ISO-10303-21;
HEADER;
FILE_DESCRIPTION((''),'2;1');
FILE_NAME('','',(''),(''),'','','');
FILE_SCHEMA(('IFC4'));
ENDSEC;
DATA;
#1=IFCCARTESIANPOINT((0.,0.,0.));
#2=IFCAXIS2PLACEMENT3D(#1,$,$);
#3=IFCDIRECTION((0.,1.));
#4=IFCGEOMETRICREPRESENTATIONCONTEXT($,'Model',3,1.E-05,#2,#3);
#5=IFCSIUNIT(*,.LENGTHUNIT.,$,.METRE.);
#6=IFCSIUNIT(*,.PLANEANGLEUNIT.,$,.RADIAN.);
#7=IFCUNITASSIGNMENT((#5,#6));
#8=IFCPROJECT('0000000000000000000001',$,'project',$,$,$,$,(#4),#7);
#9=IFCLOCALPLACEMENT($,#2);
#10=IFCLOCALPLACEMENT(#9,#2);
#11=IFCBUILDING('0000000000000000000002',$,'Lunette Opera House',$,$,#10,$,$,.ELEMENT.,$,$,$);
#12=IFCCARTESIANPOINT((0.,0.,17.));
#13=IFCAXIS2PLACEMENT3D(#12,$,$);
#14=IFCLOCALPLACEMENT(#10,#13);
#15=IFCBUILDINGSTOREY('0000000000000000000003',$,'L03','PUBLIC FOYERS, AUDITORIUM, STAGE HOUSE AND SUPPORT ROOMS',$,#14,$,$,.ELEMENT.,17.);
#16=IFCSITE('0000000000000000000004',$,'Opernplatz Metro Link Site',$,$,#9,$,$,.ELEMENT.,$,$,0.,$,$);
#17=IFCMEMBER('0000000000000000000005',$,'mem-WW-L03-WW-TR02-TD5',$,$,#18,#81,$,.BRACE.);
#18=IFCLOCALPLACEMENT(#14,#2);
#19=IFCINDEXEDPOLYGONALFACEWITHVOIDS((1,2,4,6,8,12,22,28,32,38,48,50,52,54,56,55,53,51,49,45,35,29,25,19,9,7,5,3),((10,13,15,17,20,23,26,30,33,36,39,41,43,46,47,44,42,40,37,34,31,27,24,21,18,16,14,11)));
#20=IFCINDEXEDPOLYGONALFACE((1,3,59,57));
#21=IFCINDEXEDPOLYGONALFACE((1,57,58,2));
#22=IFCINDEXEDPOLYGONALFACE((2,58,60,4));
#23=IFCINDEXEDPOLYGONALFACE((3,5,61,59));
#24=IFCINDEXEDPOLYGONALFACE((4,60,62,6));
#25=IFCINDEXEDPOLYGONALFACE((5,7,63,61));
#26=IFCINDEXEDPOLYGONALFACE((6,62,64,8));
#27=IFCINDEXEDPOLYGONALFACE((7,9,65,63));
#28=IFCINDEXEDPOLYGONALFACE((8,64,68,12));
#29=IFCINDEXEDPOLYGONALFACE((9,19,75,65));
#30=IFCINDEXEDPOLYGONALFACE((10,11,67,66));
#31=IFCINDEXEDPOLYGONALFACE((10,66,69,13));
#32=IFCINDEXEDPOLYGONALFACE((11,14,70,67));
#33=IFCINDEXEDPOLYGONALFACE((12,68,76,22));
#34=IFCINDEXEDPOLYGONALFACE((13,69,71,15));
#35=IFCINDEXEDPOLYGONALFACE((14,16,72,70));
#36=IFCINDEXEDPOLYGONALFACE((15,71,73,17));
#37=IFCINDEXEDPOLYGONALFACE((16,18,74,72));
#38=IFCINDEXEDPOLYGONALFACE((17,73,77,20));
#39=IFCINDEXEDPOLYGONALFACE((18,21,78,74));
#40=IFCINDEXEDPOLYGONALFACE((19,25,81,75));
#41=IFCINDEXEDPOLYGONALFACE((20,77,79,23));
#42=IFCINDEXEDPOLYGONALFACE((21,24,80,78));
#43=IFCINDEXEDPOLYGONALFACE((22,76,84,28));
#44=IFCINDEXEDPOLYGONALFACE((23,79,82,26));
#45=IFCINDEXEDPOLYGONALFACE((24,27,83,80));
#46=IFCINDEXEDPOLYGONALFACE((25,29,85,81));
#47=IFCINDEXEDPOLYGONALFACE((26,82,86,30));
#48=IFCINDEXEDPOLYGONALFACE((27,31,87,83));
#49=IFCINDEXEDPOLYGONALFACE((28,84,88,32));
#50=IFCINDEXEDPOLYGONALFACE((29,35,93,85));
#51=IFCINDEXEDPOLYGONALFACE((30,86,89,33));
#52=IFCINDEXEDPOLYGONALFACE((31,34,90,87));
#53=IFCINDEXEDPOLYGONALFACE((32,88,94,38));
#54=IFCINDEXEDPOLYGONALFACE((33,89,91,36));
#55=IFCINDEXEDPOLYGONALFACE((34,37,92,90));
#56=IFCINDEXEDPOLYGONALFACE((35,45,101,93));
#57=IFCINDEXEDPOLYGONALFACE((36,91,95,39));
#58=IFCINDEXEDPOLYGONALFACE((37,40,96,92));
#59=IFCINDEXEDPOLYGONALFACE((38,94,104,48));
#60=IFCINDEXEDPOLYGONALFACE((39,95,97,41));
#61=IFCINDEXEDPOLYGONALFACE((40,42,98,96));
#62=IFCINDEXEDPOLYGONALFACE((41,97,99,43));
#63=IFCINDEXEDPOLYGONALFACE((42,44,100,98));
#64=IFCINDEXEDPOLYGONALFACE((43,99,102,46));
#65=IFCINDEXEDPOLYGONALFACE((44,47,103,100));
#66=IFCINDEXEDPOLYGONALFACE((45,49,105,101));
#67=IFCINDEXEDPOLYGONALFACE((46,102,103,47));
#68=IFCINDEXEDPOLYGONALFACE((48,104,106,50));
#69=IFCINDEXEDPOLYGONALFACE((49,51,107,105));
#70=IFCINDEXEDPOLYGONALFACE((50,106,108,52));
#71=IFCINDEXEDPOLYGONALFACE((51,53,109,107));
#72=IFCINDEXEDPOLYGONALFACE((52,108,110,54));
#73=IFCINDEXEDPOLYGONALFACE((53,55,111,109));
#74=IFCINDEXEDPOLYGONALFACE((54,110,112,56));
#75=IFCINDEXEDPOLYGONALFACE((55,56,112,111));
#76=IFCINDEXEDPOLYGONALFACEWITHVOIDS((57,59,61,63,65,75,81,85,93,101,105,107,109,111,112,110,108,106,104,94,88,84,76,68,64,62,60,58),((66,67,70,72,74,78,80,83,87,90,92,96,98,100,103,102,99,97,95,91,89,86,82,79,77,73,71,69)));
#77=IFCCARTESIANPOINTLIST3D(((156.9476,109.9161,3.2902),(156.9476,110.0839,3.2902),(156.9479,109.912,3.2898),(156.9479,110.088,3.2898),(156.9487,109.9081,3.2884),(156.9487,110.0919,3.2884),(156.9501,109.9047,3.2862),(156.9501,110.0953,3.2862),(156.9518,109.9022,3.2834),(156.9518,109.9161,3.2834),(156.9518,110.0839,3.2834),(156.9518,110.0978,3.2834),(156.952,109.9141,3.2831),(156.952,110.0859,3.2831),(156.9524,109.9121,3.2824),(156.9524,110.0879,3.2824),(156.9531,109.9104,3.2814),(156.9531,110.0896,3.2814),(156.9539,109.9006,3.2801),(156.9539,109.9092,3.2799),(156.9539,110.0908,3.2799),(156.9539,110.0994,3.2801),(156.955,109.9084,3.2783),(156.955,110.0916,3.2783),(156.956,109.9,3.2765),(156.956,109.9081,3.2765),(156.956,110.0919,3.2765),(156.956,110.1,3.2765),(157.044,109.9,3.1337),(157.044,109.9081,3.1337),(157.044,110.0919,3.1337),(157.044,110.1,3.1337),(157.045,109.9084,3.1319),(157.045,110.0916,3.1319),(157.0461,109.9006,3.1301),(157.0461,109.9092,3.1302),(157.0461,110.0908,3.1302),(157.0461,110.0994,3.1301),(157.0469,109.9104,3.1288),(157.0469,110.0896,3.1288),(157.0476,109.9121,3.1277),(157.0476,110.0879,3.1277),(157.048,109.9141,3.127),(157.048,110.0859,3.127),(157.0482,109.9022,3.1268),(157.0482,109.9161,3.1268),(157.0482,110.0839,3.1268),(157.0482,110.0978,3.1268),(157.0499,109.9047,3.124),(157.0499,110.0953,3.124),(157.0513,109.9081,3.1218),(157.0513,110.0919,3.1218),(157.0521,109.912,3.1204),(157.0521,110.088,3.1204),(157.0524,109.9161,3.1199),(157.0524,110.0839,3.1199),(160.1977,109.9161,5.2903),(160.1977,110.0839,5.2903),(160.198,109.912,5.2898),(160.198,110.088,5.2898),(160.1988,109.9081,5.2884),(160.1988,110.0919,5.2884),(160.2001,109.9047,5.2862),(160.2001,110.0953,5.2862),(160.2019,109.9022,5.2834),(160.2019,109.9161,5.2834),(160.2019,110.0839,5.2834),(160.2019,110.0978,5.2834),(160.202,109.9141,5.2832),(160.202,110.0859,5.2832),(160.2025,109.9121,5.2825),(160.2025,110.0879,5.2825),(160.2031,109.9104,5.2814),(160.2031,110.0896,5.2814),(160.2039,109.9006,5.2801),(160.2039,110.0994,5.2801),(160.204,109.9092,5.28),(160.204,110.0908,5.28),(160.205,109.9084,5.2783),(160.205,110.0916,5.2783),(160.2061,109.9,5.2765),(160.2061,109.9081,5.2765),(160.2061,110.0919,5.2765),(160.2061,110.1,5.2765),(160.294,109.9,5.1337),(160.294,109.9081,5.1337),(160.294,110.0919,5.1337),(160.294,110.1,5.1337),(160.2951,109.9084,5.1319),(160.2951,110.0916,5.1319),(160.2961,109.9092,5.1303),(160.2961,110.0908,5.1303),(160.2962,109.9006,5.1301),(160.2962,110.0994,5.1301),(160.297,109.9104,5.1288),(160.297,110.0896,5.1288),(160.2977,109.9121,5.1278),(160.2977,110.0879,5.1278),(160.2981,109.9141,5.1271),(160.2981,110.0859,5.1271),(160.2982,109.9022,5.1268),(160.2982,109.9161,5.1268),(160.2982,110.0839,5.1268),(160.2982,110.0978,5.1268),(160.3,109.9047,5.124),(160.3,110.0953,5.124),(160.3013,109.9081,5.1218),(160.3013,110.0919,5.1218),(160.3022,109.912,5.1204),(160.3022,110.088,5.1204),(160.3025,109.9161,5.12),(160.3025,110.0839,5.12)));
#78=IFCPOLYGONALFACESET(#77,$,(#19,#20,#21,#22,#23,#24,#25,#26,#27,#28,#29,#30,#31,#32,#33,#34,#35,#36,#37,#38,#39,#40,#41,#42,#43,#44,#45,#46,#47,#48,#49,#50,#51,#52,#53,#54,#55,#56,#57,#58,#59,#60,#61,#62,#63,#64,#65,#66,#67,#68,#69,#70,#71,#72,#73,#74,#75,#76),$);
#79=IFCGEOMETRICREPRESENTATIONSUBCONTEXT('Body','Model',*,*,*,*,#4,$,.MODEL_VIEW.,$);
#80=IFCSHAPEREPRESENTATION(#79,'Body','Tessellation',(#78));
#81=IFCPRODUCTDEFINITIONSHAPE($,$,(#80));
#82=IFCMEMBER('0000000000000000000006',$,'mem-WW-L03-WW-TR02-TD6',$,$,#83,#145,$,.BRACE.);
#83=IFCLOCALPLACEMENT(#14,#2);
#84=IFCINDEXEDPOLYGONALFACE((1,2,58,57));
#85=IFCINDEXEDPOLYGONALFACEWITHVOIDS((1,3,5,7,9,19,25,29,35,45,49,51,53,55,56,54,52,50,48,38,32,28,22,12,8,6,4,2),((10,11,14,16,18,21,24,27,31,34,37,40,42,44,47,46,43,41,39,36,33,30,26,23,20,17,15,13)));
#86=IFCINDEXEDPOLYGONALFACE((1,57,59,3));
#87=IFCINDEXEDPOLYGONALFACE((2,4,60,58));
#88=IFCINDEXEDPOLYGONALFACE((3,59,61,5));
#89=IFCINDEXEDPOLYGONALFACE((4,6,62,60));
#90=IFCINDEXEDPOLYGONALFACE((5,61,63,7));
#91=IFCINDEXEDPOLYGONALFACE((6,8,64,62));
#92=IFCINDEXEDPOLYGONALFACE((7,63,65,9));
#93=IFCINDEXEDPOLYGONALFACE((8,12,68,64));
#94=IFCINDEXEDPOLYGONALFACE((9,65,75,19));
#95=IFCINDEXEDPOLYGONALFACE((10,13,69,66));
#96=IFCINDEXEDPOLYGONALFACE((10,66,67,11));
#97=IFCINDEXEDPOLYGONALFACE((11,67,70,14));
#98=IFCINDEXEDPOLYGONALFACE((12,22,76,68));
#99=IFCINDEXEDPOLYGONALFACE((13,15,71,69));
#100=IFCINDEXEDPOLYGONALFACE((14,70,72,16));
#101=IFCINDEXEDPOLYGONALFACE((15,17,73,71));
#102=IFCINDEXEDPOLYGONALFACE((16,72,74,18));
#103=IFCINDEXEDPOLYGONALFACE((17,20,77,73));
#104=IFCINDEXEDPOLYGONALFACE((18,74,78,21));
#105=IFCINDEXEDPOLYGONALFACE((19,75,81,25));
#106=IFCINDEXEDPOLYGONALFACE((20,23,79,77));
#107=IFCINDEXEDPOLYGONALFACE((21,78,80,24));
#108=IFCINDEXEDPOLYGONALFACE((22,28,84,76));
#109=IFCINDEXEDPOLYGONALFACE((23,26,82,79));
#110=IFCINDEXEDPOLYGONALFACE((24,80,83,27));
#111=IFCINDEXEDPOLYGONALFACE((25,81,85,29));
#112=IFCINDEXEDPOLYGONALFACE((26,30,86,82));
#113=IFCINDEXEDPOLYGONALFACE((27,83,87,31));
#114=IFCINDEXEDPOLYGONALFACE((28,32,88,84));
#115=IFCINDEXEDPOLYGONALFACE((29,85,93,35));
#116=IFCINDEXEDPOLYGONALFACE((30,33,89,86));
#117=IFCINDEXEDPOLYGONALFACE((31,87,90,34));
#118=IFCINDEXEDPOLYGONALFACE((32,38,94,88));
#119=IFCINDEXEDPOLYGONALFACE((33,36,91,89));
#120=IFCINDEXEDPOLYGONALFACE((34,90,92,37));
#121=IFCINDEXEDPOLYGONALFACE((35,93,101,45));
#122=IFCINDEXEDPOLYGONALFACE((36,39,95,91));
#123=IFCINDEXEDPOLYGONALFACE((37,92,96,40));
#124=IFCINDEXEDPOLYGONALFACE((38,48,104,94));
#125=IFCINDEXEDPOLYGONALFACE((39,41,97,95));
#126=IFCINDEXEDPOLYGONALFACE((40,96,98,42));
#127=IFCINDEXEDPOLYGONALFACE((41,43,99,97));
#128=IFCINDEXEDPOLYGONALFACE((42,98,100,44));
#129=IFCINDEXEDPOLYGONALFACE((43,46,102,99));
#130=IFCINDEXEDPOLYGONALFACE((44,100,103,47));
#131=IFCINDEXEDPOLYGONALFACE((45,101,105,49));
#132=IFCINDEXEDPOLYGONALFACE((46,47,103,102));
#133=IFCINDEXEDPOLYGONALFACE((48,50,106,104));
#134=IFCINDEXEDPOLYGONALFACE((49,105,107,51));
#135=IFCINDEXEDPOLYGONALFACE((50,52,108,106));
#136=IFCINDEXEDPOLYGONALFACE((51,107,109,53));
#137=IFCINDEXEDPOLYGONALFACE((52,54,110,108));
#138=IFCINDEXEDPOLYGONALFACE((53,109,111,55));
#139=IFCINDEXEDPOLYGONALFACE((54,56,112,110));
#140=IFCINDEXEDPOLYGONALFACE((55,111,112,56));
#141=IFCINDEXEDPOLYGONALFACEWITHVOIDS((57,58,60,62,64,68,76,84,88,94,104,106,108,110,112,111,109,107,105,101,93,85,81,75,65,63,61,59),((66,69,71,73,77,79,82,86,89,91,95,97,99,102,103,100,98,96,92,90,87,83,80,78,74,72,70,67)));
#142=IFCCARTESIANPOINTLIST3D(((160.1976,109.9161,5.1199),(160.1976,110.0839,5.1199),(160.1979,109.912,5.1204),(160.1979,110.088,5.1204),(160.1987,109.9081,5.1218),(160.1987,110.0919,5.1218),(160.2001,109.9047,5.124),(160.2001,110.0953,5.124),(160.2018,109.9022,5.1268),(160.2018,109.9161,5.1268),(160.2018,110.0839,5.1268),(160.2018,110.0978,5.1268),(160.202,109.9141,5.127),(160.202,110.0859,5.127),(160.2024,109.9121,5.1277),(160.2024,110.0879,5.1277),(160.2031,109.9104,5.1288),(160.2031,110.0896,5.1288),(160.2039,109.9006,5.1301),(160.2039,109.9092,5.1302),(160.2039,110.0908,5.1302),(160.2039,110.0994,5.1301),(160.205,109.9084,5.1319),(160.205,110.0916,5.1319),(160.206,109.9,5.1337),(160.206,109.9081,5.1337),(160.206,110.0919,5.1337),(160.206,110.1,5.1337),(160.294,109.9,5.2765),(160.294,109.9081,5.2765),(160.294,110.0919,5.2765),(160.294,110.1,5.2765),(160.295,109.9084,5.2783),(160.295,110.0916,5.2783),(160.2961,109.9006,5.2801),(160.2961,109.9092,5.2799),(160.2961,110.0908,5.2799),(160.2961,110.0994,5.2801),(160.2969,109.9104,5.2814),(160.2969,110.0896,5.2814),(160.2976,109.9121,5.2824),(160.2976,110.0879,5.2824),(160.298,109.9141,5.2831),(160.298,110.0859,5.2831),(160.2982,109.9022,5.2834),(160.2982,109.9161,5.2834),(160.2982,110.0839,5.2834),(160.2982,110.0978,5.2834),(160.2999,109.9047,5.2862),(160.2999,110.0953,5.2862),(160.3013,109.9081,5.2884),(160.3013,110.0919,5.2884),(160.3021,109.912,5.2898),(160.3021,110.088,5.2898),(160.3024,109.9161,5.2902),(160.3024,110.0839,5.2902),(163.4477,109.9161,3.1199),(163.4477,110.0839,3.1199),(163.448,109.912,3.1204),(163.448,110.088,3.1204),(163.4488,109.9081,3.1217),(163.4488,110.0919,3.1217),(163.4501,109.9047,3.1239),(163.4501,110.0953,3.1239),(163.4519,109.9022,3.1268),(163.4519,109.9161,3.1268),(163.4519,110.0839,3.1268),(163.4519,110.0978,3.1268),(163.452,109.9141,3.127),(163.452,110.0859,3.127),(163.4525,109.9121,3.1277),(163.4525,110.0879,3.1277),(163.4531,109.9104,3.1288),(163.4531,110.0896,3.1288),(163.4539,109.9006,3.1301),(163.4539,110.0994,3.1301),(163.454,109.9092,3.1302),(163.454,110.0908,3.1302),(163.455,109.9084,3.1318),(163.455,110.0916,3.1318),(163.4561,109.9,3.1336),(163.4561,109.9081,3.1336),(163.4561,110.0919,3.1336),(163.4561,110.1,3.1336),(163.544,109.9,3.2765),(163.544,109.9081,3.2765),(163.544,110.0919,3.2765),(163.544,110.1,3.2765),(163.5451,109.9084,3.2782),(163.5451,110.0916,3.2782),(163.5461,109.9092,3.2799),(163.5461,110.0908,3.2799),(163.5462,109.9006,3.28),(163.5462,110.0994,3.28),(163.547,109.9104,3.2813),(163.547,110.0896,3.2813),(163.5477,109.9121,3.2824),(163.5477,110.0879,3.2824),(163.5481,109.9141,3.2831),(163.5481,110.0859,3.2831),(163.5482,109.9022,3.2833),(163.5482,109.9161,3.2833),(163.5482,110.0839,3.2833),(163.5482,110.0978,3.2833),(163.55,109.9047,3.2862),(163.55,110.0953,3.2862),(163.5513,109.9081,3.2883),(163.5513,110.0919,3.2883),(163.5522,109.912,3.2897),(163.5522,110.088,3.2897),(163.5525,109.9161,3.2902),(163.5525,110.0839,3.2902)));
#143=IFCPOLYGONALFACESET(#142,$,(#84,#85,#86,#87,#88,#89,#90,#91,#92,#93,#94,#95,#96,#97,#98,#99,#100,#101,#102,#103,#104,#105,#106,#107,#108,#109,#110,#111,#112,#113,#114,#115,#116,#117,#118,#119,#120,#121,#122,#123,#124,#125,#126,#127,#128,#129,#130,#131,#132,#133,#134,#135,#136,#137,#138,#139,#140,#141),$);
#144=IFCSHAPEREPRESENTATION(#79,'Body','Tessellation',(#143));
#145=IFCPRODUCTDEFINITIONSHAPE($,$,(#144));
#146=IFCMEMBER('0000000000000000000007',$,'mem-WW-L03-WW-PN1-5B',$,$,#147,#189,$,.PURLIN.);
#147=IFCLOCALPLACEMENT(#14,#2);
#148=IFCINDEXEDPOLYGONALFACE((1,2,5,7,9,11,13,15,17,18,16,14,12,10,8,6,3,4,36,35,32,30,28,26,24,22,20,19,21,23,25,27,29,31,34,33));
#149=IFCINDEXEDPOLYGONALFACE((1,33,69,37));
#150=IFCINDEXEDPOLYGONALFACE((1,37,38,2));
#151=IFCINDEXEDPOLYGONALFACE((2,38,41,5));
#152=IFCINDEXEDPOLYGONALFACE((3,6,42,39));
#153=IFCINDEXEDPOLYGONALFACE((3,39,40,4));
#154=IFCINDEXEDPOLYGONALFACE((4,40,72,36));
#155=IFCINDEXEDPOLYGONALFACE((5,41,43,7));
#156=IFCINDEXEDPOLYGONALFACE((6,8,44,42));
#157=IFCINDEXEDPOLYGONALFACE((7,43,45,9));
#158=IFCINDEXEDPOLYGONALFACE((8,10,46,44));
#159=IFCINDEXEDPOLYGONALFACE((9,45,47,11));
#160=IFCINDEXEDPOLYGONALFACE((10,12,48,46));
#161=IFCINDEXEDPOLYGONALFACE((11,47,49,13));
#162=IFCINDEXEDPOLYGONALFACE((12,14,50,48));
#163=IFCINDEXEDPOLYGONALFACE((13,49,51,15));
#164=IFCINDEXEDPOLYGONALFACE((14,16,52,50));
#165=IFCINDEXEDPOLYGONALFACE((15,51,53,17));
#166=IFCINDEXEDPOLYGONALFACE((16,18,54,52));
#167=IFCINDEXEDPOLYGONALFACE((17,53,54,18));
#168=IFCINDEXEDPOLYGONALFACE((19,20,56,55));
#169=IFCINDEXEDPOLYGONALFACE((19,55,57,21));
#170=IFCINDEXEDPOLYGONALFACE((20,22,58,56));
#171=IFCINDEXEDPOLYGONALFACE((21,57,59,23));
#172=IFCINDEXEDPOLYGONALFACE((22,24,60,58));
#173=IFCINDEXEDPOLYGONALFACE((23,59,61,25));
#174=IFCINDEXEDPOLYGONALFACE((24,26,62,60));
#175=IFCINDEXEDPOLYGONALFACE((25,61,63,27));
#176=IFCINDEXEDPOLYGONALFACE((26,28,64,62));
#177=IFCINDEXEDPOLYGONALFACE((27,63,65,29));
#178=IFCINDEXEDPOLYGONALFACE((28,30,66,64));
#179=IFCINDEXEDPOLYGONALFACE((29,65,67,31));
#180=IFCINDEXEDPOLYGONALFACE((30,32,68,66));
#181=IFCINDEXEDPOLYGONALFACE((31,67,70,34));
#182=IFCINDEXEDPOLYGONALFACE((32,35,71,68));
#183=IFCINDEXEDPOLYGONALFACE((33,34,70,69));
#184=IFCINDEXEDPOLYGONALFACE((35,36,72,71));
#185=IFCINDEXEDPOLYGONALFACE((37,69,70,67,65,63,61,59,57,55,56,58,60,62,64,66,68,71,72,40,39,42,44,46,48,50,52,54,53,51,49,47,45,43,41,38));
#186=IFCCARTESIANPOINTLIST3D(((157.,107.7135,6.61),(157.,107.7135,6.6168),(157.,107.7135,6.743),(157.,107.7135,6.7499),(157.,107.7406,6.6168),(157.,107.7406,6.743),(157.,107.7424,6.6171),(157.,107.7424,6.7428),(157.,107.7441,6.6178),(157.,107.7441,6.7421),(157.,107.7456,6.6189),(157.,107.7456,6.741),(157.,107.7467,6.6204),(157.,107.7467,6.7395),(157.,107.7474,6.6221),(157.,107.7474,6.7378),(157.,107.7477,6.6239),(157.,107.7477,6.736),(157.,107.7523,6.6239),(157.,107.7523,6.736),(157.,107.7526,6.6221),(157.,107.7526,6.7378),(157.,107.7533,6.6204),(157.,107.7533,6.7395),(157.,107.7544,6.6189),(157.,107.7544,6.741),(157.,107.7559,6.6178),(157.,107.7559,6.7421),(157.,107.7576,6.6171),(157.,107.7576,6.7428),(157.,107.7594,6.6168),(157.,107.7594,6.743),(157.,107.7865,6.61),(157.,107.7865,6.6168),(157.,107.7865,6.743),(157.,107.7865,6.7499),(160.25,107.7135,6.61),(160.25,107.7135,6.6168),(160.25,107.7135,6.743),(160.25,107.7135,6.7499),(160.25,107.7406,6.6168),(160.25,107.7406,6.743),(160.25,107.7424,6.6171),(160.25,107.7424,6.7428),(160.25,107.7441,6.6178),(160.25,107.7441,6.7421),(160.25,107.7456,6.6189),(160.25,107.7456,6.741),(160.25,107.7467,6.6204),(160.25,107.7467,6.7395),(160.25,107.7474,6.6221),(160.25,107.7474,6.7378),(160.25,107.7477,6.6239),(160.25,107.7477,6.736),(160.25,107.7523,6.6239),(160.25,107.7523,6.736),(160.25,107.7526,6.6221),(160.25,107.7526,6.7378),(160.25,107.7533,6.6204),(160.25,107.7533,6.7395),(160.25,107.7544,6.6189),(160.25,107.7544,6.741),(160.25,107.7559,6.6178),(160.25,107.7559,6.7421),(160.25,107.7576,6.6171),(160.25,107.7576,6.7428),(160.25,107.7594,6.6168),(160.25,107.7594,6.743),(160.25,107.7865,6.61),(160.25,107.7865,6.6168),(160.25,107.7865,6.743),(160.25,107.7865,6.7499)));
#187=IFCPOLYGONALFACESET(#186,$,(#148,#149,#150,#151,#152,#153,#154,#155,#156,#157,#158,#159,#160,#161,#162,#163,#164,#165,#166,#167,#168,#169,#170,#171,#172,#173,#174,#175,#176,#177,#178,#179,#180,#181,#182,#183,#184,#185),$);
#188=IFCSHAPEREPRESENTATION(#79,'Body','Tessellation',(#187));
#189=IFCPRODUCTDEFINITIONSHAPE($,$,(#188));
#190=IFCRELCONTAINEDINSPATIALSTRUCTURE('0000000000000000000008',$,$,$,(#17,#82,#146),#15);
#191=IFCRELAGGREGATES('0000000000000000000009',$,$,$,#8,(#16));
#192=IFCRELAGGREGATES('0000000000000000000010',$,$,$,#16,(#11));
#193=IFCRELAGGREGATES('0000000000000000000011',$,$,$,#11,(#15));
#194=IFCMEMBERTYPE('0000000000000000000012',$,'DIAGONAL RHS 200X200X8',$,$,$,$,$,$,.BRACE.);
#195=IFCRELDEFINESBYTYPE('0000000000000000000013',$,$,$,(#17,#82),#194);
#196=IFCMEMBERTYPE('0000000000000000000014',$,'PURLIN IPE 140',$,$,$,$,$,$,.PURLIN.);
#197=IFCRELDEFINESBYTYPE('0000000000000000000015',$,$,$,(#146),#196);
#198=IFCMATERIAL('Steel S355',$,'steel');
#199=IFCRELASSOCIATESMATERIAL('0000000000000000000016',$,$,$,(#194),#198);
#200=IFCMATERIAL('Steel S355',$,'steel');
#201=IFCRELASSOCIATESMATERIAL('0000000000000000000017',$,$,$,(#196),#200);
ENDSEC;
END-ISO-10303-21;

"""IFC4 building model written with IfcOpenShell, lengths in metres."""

from ifc_helpers import new_model, si_unit, direction, frame, origin, origin_2d, place, context, subcontext, project, spatial, hollow_rectangle, i_section, extrude, material, material_profile, profile_set, type_object, element, save


model = new_model("IFC4")

# Units and contexts
model_context = context("Model", 3, precision=1e-05, world=origin(), true_north=direction((0.0, 1.0)))
body_context = subcontext(model_context, "Body", "Model", "MODEL_VIEW")
ifc_project = project(units=[si_unit("LENGTHUNIT", "METRE"), si_unit("PLANEANGLEUNIT", "RADIAN")], contexts=[model_context])

# Site, building, storey
site_placement = place(None, origin())
site = spatial("IfcSite", under=ifc_project, at=site_placement, Name="Opernplatz Metro Link Site", CompositionType="ELEMENT", RefElevation=0.0)
building_placement = place(site_placement, origin())
building = spatial("IfcBuilding", under=site, at=building_placement, Name="Lunette Opera House", CompositionType="ELEMENT")
storey_placement = place(building_placement, frame((0.0, 0.0, 17.0)))
storey = spatial("IfcBuildingStorey", under=building, at=storey_placement, Name="L03", Description="PUBLIC FOYERS, AUDITORIUM, STAGE HOUSE AND SUPPORT ROOMS", CompositionType="ELEMENT", Elevation=17.0)

# Members
ifc_material_1 = material(Name="Steel S355", Category="steel")
ifc_material_profile_1 = material_profile(ifc_material_1, hollow_rectangle(XDim=0.2, YDim=0.2, WallThickness=0.0081, InnerFilletRadius=0.0081, OuterFilletRadius=0.0161, at=origin_2d()), Name="RHS 200X200X8")
ifc_profile_set_1 = profile_set([ifc_material_profile_1], Name="Steel S355")
member_type_1 = type_object("IfcMemberType", Name="DIAGONAL RHS 200X200X8", PredefinedType="BRACE", material=ifc_profile_set_1)
for number, where, z_axis, x_axis, name in (
    (1, (157.0, 110.0, 3.2051), (0.851658, 0.0, 0.524097), (0.0, 1.0, 0.0), "mem-WW-L03-WW-TR02-TD5"),
    (2, (160.25, 110.0, 5.2051), (0.851658, 0.0, -0.524097), (0.0, 1.0, 0.0), "mem-WW-L03-WW-TR02-TD6"),
):
    element("IfcMember", number, at=place(storey_placement, frame(where, z_axis=z_axis, x_axis=x_axis)), inside=storey, type_object=member_type_1, Name=name, PredefinedType="BRACE", context=body_context, shape_type="SweptSolid", body=[
        extrude(hollow_rectangle(XDim=0.2, YDim=0.2, WallThickness=0.0081, InnerFilletRadius=0.0081, OuterFilletRadius=0.0161, at=origin_2d()), origin(), (0.0, 0.0, 1.0), 3.8162),
    ])
ifc_material_2 = material(Name="Steel S355", Category="steel")
ifc_material_profile_2 = material_profile(ifc_material_2, i_section(OverallWidth=0.073, OverallDepth=0.1399, WebThickness=0.0046, FlangeThickness=0.0068, FilletRadius=0.0071, at=origin_2d()), Name="IPE 140")
ifc_profile_set_2 = profile_set([ifc_material_profile_2], Name="Steel S355")
member_type_2 = type_object("IfcMemberType", Name="PURLIN IPE 140", PredefinedType="PURLIN", material=ifc_profile_set_2)
for number, where, z_axis, x_axis, name in (
    (3, (157.0, 107.75, 6.6799), (1.0, 0.0, 0.0), (0.0, 1.0, 0.0), "mem-WW-L03-WW-PN1-5B"),
):
    element("IfcMember", number, at=place(storey_placement, frame(where, z_axis=z_axis, x_axis=x_axis)), inside=storey, type_object=member_type_2, Name=name, PredefinedType="PURLIN", context=body_context, shape_type="SweptSolid", body=[
        extrude(i_section(OverallWidth=0.073, OverallDepth=0.1399, WebThickness=0.0046, FlangeThickness=0.0068, FilletRadius=0.0071, at=origin_2d()), origin(), (0.0, 0.0, 1.0), 3.25),
    ])

save(model, "model.ifc")
